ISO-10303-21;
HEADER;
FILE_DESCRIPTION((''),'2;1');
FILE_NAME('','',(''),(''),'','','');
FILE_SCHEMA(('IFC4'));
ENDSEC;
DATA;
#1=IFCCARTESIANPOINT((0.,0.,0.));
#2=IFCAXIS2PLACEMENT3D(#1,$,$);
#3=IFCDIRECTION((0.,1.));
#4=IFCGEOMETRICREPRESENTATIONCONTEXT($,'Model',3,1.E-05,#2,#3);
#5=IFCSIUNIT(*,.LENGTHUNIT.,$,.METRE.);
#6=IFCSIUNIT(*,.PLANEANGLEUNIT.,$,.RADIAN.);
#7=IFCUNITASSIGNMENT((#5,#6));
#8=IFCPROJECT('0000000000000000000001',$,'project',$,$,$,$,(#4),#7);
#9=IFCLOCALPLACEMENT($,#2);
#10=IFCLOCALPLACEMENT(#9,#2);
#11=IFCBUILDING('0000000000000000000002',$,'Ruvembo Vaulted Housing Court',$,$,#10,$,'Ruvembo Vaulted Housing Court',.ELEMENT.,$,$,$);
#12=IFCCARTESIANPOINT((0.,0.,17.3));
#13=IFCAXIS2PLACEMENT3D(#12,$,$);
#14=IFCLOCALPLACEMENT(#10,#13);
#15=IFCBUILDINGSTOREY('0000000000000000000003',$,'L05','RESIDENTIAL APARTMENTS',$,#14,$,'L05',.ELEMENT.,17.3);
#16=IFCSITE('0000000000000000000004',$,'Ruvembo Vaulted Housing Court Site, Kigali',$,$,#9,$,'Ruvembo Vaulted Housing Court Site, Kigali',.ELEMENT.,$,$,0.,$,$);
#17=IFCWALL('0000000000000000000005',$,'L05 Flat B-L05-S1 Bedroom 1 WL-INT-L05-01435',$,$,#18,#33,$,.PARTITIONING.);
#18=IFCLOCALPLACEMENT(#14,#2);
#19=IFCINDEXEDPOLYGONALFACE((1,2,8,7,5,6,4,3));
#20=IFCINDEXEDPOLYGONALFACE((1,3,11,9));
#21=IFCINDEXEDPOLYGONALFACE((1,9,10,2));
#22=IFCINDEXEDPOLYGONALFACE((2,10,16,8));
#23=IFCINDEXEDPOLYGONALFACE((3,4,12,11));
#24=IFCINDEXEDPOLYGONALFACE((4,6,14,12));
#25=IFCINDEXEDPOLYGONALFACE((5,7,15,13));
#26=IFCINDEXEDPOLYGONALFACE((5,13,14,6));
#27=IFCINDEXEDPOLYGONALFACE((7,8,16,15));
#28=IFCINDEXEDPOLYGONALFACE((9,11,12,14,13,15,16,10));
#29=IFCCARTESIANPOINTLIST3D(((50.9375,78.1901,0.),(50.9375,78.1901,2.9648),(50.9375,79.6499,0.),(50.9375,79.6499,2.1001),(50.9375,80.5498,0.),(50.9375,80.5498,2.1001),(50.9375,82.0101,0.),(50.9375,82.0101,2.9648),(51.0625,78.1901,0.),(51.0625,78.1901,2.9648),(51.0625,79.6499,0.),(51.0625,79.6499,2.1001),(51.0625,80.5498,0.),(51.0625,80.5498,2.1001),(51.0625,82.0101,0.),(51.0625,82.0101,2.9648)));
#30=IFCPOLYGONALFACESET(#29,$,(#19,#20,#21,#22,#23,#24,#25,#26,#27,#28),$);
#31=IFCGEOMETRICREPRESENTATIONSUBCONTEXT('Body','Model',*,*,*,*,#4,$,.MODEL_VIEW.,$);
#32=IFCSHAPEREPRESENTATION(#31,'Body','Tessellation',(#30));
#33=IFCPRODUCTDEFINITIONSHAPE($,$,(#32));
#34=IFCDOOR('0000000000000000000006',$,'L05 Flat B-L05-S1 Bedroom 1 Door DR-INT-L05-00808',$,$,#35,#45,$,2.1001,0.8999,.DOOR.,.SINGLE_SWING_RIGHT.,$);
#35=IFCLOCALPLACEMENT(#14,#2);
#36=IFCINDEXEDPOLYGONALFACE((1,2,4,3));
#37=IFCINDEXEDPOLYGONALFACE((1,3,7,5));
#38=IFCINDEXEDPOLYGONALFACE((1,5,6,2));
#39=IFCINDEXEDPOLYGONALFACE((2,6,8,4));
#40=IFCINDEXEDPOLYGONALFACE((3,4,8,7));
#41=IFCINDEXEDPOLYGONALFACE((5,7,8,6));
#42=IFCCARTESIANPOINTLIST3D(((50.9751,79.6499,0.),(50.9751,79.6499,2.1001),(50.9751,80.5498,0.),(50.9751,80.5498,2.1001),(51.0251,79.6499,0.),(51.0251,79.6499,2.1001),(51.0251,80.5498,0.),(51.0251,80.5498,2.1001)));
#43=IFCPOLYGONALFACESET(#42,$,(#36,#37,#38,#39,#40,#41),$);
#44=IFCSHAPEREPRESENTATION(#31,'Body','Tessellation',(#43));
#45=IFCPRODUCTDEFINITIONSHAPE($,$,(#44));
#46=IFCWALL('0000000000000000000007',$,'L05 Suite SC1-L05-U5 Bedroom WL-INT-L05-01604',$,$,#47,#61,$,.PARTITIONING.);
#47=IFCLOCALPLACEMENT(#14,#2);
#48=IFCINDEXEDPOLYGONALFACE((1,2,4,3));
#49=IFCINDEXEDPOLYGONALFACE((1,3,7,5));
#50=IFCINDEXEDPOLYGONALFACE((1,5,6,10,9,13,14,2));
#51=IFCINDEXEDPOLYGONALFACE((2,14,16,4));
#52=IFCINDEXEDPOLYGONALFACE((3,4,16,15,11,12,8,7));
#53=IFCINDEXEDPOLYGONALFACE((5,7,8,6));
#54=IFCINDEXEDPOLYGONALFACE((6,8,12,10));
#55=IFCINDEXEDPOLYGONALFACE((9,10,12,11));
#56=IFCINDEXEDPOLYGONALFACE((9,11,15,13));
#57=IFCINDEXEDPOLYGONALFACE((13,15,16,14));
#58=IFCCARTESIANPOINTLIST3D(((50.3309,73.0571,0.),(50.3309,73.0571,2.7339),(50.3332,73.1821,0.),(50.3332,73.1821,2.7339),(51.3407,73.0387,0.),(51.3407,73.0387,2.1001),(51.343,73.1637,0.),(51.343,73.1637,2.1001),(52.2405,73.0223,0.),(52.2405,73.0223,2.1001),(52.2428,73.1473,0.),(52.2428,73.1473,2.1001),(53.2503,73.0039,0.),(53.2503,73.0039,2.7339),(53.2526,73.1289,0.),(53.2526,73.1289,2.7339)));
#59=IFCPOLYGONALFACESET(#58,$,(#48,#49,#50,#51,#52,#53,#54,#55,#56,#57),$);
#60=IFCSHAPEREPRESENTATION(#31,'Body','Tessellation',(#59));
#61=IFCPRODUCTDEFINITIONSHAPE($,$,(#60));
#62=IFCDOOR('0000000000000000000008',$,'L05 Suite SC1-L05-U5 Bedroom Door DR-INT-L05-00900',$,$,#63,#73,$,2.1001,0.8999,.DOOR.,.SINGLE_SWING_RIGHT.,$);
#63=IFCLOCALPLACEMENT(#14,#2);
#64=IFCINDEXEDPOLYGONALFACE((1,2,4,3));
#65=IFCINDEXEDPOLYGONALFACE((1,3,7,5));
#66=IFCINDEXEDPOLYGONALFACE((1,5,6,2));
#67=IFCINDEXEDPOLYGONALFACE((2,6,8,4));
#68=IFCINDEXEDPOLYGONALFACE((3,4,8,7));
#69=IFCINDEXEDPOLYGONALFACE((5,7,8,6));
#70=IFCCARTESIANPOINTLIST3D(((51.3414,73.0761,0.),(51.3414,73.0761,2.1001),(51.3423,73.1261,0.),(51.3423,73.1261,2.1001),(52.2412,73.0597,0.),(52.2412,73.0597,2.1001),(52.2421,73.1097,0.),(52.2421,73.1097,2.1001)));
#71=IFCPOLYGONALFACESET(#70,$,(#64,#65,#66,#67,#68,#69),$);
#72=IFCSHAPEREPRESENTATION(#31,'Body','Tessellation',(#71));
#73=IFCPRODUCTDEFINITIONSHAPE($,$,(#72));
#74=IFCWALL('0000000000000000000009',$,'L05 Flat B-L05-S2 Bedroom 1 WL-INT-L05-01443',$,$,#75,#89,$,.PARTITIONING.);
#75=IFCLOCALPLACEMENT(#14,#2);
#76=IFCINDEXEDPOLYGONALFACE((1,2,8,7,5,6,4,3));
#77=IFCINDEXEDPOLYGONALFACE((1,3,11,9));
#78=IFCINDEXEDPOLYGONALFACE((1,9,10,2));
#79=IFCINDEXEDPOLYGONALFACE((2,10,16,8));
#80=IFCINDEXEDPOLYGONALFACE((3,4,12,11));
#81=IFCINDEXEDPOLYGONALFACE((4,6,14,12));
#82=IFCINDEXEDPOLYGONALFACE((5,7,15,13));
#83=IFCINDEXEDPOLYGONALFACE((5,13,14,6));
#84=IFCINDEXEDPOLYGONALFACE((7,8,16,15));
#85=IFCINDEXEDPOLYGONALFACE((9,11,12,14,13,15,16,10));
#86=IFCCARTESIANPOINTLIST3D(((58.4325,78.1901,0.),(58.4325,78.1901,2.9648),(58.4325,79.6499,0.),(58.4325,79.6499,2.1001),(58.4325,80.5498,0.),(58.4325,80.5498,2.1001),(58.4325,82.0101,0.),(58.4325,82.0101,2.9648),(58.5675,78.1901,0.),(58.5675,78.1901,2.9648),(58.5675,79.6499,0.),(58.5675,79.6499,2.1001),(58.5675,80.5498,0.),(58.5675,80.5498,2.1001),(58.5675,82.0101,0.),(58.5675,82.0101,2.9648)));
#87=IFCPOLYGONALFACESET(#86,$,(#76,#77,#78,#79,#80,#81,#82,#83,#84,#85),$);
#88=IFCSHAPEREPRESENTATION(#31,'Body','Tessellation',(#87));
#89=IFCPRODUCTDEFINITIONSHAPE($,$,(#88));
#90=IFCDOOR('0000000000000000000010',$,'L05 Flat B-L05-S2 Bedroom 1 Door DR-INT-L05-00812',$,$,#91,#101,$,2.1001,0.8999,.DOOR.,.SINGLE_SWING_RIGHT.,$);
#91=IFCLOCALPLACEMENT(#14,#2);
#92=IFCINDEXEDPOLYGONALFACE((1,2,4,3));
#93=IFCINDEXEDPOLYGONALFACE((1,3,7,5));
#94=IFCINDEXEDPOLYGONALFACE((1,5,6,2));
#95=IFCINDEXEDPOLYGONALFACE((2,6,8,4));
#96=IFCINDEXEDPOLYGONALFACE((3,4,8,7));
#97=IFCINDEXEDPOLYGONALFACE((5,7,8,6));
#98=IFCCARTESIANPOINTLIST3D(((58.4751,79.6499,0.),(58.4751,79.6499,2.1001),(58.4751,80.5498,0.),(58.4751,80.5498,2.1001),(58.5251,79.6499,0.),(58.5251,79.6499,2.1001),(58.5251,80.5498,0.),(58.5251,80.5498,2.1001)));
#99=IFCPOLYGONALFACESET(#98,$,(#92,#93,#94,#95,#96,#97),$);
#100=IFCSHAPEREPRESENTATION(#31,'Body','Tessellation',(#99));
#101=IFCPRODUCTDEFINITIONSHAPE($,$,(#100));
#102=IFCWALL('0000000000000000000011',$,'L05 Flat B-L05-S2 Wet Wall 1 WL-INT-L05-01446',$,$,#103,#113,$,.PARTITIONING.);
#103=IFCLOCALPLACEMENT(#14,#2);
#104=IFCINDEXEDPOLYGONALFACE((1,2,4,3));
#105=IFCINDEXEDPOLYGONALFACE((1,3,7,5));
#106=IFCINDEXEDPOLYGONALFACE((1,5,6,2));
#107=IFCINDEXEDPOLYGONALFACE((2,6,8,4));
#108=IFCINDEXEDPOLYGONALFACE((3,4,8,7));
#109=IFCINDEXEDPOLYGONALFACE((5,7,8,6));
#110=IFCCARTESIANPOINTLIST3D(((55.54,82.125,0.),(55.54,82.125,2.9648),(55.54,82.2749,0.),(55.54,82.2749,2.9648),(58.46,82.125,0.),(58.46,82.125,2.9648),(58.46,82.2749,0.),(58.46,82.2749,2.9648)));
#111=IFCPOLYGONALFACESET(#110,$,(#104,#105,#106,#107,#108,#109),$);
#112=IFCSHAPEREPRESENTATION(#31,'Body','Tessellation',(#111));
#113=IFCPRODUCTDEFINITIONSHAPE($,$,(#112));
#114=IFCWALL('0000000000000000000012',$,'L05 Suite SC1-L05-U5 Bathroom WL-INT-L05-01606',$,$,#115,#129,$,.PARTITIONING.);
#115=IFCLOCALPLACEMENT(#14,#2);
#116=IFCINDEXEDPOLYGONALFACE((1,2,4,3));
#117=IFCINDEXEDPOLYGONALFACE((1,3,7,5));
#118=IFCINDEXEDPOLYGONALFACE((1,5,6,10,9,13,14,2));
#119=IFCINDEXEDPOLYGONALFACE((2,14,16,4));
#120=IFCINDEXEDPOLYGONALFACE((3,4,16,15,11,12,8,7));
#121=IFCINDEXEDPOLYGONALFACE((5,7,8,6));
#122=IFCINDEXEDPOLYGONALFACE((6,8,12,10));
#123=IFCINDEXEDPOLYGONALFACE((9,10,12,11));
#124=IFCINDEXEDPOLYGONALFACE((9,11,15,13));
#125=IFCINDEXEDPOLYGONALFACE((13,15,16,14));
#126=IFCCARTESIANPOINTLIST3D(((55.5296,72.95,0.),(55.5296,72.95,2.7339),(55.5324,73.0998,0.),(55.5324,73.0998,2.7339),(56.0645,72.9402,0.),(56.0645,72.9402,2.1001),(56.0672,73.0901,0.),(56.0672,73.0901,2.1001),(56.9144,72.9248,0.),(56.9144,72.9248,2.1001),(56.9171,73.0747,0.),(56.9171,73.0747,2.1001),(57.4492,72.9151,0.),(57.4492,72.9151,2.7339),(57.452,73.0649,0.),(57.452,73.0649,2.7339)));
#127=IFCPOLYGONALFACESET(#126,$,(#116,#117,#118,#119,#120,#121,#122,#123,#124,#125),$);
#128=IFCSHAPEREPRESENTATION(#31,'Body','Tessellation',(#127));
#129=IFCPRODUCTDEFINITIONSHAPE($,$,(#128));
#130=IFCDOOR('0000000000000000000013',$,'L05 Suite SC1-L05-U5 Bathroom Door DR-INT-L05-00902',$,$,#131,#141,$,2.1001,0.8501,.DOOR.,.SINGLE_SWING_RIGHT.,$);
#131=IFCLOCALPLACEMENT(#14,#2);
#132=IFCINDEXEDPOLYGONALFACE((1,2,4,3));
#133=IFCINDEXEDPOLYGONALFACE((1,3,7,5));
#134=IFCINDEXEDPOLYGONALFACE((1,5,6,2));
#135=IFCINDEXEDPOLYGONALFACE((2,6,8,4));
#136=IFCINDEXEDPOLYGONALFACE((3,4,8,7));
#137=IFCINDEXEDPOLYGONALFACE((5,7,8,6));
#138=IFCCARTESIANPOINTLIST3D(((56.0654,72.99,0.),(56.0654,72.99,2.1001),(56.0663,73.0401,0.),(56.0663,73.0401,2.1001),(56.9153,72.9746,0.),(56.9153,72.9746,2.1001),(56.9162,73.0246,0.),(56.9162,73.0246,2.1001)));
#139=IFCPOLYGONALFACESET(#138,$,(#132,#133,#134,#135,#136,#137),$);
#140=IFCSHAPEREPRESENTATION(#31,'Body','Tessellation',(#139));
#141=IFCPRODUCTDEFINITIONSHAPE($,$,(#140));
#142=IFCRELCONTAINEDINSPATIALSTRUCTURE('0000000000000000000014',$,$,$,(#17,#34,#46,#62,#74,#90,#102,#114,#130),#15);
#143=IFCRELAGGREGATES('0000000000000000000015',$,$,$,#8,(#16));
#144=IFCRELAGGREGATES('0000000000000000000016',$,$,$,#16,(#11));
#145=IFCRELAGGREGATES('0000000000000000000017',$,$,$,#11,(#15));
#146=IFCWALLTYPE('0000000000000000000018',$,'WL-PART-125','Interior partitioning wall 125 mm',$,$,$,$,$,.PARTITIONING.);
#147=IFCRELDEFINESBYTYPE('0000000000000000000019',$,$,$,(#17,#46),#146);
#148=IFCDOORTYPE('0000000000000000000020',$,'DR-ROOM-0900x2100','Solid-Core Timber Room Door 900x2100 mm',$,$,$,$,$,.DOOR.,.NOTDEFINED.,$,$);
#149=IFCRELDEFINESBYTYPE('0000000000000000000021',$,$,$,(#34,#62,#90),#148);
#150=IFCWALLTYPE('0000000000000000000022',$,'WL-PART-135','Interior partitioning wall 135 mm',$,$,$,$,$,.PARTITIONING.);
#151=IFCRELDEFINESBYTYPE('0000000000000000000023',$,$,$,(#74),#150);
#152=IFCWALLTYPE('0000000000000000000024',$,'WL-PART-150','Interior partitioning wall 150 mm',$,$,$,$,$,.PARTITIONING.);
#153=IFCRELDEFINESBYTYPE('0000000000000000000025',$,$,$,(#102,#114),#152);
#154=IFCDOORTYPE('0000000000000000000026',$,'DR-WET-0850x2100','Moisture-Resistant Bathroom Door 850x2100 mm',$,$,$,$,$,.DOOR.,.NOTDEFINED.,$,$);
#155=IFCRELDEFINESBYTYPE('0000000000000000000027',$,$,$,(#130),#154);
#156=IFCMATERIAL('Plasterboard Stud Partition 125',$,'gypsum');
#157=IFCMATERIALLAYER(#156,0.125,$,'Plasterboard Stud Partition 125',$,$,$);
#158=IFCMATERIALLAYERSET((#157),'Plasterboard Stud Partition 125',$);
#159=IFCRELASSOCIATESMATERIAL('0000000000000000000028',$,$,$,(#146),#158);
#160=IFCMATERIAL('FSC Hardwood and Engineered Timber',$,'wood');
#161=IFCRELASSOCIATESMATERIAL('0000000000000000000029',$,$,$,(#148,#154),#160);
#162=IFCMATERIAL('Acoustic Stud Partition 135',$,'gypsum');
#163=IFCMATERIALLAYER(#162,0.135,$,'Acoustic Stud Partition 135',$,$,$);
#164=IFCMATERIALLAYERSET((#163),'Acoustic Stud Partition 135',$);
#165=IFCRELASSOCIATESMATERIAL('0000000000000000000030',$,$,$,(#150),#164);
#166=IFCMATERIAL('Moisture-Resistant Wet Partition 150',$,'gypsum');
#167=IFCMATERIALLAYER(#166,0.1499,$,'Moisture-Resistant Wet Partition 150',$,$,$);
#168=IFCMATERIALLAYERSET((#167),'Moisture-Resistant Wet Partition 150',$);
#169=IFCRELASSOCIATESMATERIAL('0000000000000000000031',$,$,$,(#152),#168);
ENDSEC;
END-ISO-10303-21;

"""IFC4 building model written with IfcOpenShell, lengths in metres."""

from ifc_helpers import new_model, si_unit, direction, frame, frame_2d, origin, place, context, subcontext, project, spatial, rectangle, extrude, material, layer, layer_set, type_object, element, fill, save


model = new_model("IFC4")

# Units and contexts
model_context = context("Model", 3, precision=1e-05, world=origin(), true_north=direction((0.0, 1.0)))
body_context = subcontext(model_context, "Body", "Model", "MODEL_VIEW")
ifc_project = project(units=[si_unit("LENGTHUNIT", "METRE"), si_unit("PLANEANGLEUNIT", "RADIAN")], contexts=[model_context])

# Site, building, storey
site_placement = place(None, origin())
site = spatial("IfcSite", under=ifc_project, at=site_placement, Name="Ruvembo Vaulted Housing Court Site, Kigali", LongName="Ruvembo Vaulted Housing Court Site, Kigali", CompositionType="ELEMENT", RefElevation=0.0)
building_placement = place(site_placement, origin())
building = spatial("IfcBuilding", under=site, at=building_placement, Name="Ruvembo Vaulted Housing Court", LongName="Ruvembo Vaulted Housing Court", CompositionType="ELEMENT")
storey_placement = place(building_placement, frame((0.0, 0.0, 17.3)))
storey = spatial("IfcBuildingStorey", under=building, at=storey_placement, Name="L05", Description="RESIDENTIAL APARTMENTS", LongName="L05", CompositionType="ELEMENT", Elevation=17.3)

# Shared definitions
ifc_material_1 = material(Name="FSC Hardwood and Engineered Timber", Category="wood")

# Walls, openings, doors
ifc_material_2 = material(Name="Plasterboard Stud Partition 125", Category="gypsum")
ifc_layer_1 = layer(ifc_material_2, 0.125, Name="Plasterboard Stud Partition 125")
ifc_layer_set_1 = layer_set([ifc_layer_1], Name="Plasterboard Stud Partition 125")
wall_type_1 = type_object("IfcWallType", Name="WL-PART-125", Description="Interior partitioning wall 125 mm", PredefinedType="PARTITIONING", material=ifc_layer_set_1)
wall_1_placement = place(storey_placement, frame((51.0, 78.1899, 0.0), z_axis=(0.0, 0.0, 1.0), x_axis=(0.0, 1.0, 0.0)))
wall_1 = element("IfcWall", 1, at=wall_1_placement, inside=storey, type_object=wall_type_1, Name="L05 Flat B-L05-S1 Bedroom 1 WL-INT-L05-01435", PredefinedType="PARTITIONING", context=body_context, shape_type="SweptSolid", body=[
    extrude(rectangle(XDim=3.8201, YDim=0.125, at=frame_2d((1.9102, 0.0))), origin(), (0.0, 0.0, 1.0), 2.9648),
])
opening_1_placement = place(wall_1_placement, frame((1.46, 0.0, 0.0)))
opening_1 = element("IfcOpeningElement", 2, at=opening_1_placement, cuts=wall_1, PredefinedType="OPENING", context=body_context, shape_type="SweptSolid", body=[
    extrude(rectangle(XDim=0.8999, YDim=2.1001, at=frame_2d((0.45, 1.05))), frame((0.0, 0.0725, 0.0), z_axis=(0.0, -1.0, 0.0), x_axis=(1.0, 0.0, 0.0)), (0.0, 0.0, 1.0), 0.145),
])
door_type_1 = type_object("IfcDoorType", Name="DR-ROOM-0900x2100", Description="Solid-Core Timber Room Door 900x2100 mm", OperationType="NOTDEFINED", PredefinedType="DOOR", material=ifc_material_1)
door_1_placement = place(opening_1_placement, origin())
door_1 = element("IfcDoor", 3, at=door_1_placement, inside=storey, type_object=door_type_1, Name="L05 Flat B-L05-S1 Bedroom 1 Door DR-INT-L05-00808", OperationType="SINGLE_SWING_RIGHT", OverallHeight=2.1001, OverallWidth=0.8999, PredefinedType="DOOR", context=body_context, shape_type="SweptSolid", body=[
    extrude(rectangle(XDim=0.8999, YDim=2.1001, at=frame_2d((0.45, 1.05))), frame((0.0, 0.0249, 0.0), z_axis=(0.0, -1.0, 0.0), x_axis=(1.0, 0.0, 0.0)), (0.0, 0.0, 1.0), 0.05),
])
fill(opening_1, door_1)
wall_2_placement = place(storey_placement, frame((50.332, 73.1196, 0.0), z_axis=(0.0, 0.0, 1.0), x_axis=(0.999834, -0.018227, 0.0)))
wall_2 = element("IfcWall", 4, at=wall_2_placement, inside=storey, type_object=wall_type_1, Name="L05 Suite SC1-L05-U5 Bedroom WL-INT-L05-01604", PredefinedType="PARTITIONING", context=body_context, shape_type="SweptSolid", body=[
    extrude(rectangle(XDim=2.9199, YDim=0.125, at=frame_2d((1.46, 0.0))), origin(), (0.0, 0.0, 1.0), 2.7339),
])
opening_2_placement = place(wall_2_placement, frame((1.01, 0.0, 0.0)))
opening_2 = element("IfcOpeningElement", 5, at=opening_2_placement, cuts=wall_2, PredefinedType="OPENING", context=body_context, shape_type="SweptSolid", body=[
    extrude(rectangle(XDim=0.8999, YDim=2.1001, at=frame_2d((0.45, 1.05))), frame((0.0, 0.0725, 0.0), z_axis=(0.0, -1.0, 0.0), x_axis=(1.0, 0.0, 0.0)), (0.0, 0.0, 1.0), 0.145),
])
door_2_placement = place(opening_2_placement, origin())
door_2 = element("IfcDoor", 6, at=door_2_placement, inside=storey, type_object=door_type_1, Name="L05 Suite SC1-L05-U5 Bedroom Door DR-INT-L05-00900", OperationType="SINGLE_SWING_RIGHT", OverallHeight=2.1001, OverallWidth=0.8999, PredefinedType="DOOR", context=body_context, shape_type="SweptSolid", body=[
    extrude(rectangle(XDim=0.8999, YDim=2.1001, at=frame_2d((0.45, 1.05))), frame((0.0, 0.0249, 0.0), z_axis=(0.0, -1.0, 0.0), x_axis=(1.0, 0.0, 0.0)), (0.0, 0.0, 1.0), 0.05),
])
fill(opening_2, door_2)
ifc_material_3 = material(Name="Acoustic Stud Partition 135", Category="gypsum")
ifc_layer_2 = layer(ifc_material_3, 0.135, Name="Acoustic Stud Partition 135")
ifc_layer_set_2 = layer_set([ifc_layer_2], Name="Acoustic Stud Partition 135")
wall_type_2 = type_object("IfcWallType", Name="WL-PART-135", Description="Interior partitioning wall 135 mm", PredefinedType="PARTITIONING", material=ifc_layer_set_2)
wall_3_placement = place(storey_placement, frame((58.5, 78.1899, 0.0), z_axis=(0.0, 0.0, 1.0), x_axis=(0.0, 1.0, 0.0)))
wall_3 = element("IfcWall", 7, at=wall_3_placement, inside=storey, type_object=wall_type_2, Name="L05 Flat B-L05-S2 Bedroom 1 WL-INT-L05-01443", PredefinedType="PARTITIONING", context=body_context, shape_type="SweptSolid", body=[
    extrude(rectangle(XDim=3.8201, YDim=0.135, at=frame_2d((1.9102, 0.0))), origin(), (0.0, 0.0, 1.0), 2.9648),
])
opening_3_placement = place(wall_3_placement, frame((1.46, 0.0, 0.0)))
opening_3 = element("IfcOpeningElement", 8, at=opening_3_placement, cuts=wall_3, PredefinedType="OPENING", context=body_context, shape_type="SweptSolid", body=[
    extrude(rectangle(XDim=0.8999, YDim=2.1001, at=frame_2d((0.45, 1.05))), frame((0.0, 0.0774, 0.0), z_axis=(0.0, -1.0, 0.0), x_axis=(1.0, 0.0, 0.0)), (0.0, 0.0, 1.0), 0.155),
])
door_3_placement = place(opening_3_placement, origin())
door_3 = element("IfcDoor", 9, at=door_3_placement, inside=storey, type_object=door_type_1, Name="L05 Flat B-L05-S2 Bedroom 1 Door DR-INT-L05-00812", OperationType="SINGLE_SWING_RIGHT", OverallHeight=2.1001, OverallWidth=0.8999, PredefinedType="DOOR", context=body_context, shape_type="SweptSolid", body=[
    extrude(rectangle(XDim=0.8999, YDim=2.1001, at=frame_2d((0.45, 1.05))), frame((0.0, 0.0249, 0.0), z_axis=(0.0, -1.0, 0.0), x_axis=(1.0, 0.0, 0.0)), (0.0, 0.0, 1.0), 0.05),
])
fill(opening_3, door_3)

# Wall
ifc_material_4 = material(Name="Moisture-Resistant Wet Partition 150", Category="gypsum")
ifc_layer_3 = layer(ifc_material_4, 0.1499, Name="Moisture-Resistant Wet Partition 150")
ifc_layer_set_3 = layer_set([ifc_layer_3], Name="Moisture-Resistant Wet Partition 150")
wall_type_3 = type_object("IfcWallType", Name="WL-PART-150", Description="Interior partitioning wall 150 mm", PredefinedType="PARTITIONING", material=ifc_layer_set_3)
wall_4_placement = place(storey_placement, frame((55.54, 82.2, 0.0), z_axis=(0.0, 0.0, 1.0), x_axis=(1.0, 0.0, 0.0)))
element("IfcWall", 10, at=wall_4_placement, inside=storey, type_object=wall_type_3, Name="L05 Flat B-L05-S2 Wet Wall 1 WL-INT-L05-01446", PredefinedType="PARTITIONING", context=body_context, shape_type="SweptSolid", body=[
    extrude(rectangle(XDim=2.9199, YDim=0.1499, at=frame_2d((1.46, 0.0))), origin(), (0.0, 0.0, 1.0), 2.9648),
])

# Wall, opening, door
wall_5_placement = place(storey_placement, frame((55.531, 73.0249, 0.0), z_axis=(0.0, 0.0, 1.0), x_axis=(0.999835, -0.018183, 0.0)))
wall_5 = element("IfcWall", 11, at=wall_5_placement, inside=storey, type_object=wall_type_3, Name="L05 Suite SC1-L05-U5 Bathroom WL-INT-L05-01606", PredefinedType="PARTITIONING", context=body_context, shape_type="SweptSolid", body=[
    extrude(rectangle(XDim=1.9199, YDim=0.1499, at=frame_2d((0.96, 0.0))), origin(), (0.0, 0.0, 1.0), 2.7339),
])
opening_4_placement = place(wall_5_placement, frame((0.5349, 0.0, 0.0)))
opening_4 = element("IfcOpeningElement", 12, at=opening_4_placement, cuts=wall_5, PredefinedType="OPENING", context=body_context, shape_type="SweptSolid", body=[
    extrude(rectangle(XDim=0.8501, YDim=2.1001, at=frame_2d((0.425, 1.05))), frame((0.0, 0.085, 0.0), z_axis=(0.0, -1.0, 0.0), x_axis=(1.0, 0.0, 0.0)), (0.0, 0.0, 1.0), 0.1699),
])
door_type_2 = type_object("IfcDoorType", Name="DR-WET-0850x2100", Description="Moisture-Resistant Bathroom Door 850x2100 mm", OperationType="NOTDEFINED", PredefinedType="DOOR", material=ifc_material_1)
door_4_placement = place(opening_4_placement, origin())
door_4 = element("IfcDoor", 13, at=door_4_placement, inside=storey, type_object=door_type_2, Name="L05 Suite SC1-L05-U5 Bathroom Door DR-INT-L05-00902", OperationType="SINGLE_SWING_RIGHT", OverallHeight=2.1001, OverallWidth=0.8501, PredefinedType="DOOR", context=body_context, shape_type="SweptSolid", body=[
    extrude(rectangle(XDim=0.8501, YDim=2.1001, at=frame_2d((0.425, 1.05))), frame((0.0, 0.0249, 0.0), z_axis=(0.0, -1.0, 0.0), x_axis=(1.0, 0.0, 0.0)), (0.0, 0.0, 1.0), 0.05),
])
fill(opening_4, door_4)

save(model, "model.ifc")
